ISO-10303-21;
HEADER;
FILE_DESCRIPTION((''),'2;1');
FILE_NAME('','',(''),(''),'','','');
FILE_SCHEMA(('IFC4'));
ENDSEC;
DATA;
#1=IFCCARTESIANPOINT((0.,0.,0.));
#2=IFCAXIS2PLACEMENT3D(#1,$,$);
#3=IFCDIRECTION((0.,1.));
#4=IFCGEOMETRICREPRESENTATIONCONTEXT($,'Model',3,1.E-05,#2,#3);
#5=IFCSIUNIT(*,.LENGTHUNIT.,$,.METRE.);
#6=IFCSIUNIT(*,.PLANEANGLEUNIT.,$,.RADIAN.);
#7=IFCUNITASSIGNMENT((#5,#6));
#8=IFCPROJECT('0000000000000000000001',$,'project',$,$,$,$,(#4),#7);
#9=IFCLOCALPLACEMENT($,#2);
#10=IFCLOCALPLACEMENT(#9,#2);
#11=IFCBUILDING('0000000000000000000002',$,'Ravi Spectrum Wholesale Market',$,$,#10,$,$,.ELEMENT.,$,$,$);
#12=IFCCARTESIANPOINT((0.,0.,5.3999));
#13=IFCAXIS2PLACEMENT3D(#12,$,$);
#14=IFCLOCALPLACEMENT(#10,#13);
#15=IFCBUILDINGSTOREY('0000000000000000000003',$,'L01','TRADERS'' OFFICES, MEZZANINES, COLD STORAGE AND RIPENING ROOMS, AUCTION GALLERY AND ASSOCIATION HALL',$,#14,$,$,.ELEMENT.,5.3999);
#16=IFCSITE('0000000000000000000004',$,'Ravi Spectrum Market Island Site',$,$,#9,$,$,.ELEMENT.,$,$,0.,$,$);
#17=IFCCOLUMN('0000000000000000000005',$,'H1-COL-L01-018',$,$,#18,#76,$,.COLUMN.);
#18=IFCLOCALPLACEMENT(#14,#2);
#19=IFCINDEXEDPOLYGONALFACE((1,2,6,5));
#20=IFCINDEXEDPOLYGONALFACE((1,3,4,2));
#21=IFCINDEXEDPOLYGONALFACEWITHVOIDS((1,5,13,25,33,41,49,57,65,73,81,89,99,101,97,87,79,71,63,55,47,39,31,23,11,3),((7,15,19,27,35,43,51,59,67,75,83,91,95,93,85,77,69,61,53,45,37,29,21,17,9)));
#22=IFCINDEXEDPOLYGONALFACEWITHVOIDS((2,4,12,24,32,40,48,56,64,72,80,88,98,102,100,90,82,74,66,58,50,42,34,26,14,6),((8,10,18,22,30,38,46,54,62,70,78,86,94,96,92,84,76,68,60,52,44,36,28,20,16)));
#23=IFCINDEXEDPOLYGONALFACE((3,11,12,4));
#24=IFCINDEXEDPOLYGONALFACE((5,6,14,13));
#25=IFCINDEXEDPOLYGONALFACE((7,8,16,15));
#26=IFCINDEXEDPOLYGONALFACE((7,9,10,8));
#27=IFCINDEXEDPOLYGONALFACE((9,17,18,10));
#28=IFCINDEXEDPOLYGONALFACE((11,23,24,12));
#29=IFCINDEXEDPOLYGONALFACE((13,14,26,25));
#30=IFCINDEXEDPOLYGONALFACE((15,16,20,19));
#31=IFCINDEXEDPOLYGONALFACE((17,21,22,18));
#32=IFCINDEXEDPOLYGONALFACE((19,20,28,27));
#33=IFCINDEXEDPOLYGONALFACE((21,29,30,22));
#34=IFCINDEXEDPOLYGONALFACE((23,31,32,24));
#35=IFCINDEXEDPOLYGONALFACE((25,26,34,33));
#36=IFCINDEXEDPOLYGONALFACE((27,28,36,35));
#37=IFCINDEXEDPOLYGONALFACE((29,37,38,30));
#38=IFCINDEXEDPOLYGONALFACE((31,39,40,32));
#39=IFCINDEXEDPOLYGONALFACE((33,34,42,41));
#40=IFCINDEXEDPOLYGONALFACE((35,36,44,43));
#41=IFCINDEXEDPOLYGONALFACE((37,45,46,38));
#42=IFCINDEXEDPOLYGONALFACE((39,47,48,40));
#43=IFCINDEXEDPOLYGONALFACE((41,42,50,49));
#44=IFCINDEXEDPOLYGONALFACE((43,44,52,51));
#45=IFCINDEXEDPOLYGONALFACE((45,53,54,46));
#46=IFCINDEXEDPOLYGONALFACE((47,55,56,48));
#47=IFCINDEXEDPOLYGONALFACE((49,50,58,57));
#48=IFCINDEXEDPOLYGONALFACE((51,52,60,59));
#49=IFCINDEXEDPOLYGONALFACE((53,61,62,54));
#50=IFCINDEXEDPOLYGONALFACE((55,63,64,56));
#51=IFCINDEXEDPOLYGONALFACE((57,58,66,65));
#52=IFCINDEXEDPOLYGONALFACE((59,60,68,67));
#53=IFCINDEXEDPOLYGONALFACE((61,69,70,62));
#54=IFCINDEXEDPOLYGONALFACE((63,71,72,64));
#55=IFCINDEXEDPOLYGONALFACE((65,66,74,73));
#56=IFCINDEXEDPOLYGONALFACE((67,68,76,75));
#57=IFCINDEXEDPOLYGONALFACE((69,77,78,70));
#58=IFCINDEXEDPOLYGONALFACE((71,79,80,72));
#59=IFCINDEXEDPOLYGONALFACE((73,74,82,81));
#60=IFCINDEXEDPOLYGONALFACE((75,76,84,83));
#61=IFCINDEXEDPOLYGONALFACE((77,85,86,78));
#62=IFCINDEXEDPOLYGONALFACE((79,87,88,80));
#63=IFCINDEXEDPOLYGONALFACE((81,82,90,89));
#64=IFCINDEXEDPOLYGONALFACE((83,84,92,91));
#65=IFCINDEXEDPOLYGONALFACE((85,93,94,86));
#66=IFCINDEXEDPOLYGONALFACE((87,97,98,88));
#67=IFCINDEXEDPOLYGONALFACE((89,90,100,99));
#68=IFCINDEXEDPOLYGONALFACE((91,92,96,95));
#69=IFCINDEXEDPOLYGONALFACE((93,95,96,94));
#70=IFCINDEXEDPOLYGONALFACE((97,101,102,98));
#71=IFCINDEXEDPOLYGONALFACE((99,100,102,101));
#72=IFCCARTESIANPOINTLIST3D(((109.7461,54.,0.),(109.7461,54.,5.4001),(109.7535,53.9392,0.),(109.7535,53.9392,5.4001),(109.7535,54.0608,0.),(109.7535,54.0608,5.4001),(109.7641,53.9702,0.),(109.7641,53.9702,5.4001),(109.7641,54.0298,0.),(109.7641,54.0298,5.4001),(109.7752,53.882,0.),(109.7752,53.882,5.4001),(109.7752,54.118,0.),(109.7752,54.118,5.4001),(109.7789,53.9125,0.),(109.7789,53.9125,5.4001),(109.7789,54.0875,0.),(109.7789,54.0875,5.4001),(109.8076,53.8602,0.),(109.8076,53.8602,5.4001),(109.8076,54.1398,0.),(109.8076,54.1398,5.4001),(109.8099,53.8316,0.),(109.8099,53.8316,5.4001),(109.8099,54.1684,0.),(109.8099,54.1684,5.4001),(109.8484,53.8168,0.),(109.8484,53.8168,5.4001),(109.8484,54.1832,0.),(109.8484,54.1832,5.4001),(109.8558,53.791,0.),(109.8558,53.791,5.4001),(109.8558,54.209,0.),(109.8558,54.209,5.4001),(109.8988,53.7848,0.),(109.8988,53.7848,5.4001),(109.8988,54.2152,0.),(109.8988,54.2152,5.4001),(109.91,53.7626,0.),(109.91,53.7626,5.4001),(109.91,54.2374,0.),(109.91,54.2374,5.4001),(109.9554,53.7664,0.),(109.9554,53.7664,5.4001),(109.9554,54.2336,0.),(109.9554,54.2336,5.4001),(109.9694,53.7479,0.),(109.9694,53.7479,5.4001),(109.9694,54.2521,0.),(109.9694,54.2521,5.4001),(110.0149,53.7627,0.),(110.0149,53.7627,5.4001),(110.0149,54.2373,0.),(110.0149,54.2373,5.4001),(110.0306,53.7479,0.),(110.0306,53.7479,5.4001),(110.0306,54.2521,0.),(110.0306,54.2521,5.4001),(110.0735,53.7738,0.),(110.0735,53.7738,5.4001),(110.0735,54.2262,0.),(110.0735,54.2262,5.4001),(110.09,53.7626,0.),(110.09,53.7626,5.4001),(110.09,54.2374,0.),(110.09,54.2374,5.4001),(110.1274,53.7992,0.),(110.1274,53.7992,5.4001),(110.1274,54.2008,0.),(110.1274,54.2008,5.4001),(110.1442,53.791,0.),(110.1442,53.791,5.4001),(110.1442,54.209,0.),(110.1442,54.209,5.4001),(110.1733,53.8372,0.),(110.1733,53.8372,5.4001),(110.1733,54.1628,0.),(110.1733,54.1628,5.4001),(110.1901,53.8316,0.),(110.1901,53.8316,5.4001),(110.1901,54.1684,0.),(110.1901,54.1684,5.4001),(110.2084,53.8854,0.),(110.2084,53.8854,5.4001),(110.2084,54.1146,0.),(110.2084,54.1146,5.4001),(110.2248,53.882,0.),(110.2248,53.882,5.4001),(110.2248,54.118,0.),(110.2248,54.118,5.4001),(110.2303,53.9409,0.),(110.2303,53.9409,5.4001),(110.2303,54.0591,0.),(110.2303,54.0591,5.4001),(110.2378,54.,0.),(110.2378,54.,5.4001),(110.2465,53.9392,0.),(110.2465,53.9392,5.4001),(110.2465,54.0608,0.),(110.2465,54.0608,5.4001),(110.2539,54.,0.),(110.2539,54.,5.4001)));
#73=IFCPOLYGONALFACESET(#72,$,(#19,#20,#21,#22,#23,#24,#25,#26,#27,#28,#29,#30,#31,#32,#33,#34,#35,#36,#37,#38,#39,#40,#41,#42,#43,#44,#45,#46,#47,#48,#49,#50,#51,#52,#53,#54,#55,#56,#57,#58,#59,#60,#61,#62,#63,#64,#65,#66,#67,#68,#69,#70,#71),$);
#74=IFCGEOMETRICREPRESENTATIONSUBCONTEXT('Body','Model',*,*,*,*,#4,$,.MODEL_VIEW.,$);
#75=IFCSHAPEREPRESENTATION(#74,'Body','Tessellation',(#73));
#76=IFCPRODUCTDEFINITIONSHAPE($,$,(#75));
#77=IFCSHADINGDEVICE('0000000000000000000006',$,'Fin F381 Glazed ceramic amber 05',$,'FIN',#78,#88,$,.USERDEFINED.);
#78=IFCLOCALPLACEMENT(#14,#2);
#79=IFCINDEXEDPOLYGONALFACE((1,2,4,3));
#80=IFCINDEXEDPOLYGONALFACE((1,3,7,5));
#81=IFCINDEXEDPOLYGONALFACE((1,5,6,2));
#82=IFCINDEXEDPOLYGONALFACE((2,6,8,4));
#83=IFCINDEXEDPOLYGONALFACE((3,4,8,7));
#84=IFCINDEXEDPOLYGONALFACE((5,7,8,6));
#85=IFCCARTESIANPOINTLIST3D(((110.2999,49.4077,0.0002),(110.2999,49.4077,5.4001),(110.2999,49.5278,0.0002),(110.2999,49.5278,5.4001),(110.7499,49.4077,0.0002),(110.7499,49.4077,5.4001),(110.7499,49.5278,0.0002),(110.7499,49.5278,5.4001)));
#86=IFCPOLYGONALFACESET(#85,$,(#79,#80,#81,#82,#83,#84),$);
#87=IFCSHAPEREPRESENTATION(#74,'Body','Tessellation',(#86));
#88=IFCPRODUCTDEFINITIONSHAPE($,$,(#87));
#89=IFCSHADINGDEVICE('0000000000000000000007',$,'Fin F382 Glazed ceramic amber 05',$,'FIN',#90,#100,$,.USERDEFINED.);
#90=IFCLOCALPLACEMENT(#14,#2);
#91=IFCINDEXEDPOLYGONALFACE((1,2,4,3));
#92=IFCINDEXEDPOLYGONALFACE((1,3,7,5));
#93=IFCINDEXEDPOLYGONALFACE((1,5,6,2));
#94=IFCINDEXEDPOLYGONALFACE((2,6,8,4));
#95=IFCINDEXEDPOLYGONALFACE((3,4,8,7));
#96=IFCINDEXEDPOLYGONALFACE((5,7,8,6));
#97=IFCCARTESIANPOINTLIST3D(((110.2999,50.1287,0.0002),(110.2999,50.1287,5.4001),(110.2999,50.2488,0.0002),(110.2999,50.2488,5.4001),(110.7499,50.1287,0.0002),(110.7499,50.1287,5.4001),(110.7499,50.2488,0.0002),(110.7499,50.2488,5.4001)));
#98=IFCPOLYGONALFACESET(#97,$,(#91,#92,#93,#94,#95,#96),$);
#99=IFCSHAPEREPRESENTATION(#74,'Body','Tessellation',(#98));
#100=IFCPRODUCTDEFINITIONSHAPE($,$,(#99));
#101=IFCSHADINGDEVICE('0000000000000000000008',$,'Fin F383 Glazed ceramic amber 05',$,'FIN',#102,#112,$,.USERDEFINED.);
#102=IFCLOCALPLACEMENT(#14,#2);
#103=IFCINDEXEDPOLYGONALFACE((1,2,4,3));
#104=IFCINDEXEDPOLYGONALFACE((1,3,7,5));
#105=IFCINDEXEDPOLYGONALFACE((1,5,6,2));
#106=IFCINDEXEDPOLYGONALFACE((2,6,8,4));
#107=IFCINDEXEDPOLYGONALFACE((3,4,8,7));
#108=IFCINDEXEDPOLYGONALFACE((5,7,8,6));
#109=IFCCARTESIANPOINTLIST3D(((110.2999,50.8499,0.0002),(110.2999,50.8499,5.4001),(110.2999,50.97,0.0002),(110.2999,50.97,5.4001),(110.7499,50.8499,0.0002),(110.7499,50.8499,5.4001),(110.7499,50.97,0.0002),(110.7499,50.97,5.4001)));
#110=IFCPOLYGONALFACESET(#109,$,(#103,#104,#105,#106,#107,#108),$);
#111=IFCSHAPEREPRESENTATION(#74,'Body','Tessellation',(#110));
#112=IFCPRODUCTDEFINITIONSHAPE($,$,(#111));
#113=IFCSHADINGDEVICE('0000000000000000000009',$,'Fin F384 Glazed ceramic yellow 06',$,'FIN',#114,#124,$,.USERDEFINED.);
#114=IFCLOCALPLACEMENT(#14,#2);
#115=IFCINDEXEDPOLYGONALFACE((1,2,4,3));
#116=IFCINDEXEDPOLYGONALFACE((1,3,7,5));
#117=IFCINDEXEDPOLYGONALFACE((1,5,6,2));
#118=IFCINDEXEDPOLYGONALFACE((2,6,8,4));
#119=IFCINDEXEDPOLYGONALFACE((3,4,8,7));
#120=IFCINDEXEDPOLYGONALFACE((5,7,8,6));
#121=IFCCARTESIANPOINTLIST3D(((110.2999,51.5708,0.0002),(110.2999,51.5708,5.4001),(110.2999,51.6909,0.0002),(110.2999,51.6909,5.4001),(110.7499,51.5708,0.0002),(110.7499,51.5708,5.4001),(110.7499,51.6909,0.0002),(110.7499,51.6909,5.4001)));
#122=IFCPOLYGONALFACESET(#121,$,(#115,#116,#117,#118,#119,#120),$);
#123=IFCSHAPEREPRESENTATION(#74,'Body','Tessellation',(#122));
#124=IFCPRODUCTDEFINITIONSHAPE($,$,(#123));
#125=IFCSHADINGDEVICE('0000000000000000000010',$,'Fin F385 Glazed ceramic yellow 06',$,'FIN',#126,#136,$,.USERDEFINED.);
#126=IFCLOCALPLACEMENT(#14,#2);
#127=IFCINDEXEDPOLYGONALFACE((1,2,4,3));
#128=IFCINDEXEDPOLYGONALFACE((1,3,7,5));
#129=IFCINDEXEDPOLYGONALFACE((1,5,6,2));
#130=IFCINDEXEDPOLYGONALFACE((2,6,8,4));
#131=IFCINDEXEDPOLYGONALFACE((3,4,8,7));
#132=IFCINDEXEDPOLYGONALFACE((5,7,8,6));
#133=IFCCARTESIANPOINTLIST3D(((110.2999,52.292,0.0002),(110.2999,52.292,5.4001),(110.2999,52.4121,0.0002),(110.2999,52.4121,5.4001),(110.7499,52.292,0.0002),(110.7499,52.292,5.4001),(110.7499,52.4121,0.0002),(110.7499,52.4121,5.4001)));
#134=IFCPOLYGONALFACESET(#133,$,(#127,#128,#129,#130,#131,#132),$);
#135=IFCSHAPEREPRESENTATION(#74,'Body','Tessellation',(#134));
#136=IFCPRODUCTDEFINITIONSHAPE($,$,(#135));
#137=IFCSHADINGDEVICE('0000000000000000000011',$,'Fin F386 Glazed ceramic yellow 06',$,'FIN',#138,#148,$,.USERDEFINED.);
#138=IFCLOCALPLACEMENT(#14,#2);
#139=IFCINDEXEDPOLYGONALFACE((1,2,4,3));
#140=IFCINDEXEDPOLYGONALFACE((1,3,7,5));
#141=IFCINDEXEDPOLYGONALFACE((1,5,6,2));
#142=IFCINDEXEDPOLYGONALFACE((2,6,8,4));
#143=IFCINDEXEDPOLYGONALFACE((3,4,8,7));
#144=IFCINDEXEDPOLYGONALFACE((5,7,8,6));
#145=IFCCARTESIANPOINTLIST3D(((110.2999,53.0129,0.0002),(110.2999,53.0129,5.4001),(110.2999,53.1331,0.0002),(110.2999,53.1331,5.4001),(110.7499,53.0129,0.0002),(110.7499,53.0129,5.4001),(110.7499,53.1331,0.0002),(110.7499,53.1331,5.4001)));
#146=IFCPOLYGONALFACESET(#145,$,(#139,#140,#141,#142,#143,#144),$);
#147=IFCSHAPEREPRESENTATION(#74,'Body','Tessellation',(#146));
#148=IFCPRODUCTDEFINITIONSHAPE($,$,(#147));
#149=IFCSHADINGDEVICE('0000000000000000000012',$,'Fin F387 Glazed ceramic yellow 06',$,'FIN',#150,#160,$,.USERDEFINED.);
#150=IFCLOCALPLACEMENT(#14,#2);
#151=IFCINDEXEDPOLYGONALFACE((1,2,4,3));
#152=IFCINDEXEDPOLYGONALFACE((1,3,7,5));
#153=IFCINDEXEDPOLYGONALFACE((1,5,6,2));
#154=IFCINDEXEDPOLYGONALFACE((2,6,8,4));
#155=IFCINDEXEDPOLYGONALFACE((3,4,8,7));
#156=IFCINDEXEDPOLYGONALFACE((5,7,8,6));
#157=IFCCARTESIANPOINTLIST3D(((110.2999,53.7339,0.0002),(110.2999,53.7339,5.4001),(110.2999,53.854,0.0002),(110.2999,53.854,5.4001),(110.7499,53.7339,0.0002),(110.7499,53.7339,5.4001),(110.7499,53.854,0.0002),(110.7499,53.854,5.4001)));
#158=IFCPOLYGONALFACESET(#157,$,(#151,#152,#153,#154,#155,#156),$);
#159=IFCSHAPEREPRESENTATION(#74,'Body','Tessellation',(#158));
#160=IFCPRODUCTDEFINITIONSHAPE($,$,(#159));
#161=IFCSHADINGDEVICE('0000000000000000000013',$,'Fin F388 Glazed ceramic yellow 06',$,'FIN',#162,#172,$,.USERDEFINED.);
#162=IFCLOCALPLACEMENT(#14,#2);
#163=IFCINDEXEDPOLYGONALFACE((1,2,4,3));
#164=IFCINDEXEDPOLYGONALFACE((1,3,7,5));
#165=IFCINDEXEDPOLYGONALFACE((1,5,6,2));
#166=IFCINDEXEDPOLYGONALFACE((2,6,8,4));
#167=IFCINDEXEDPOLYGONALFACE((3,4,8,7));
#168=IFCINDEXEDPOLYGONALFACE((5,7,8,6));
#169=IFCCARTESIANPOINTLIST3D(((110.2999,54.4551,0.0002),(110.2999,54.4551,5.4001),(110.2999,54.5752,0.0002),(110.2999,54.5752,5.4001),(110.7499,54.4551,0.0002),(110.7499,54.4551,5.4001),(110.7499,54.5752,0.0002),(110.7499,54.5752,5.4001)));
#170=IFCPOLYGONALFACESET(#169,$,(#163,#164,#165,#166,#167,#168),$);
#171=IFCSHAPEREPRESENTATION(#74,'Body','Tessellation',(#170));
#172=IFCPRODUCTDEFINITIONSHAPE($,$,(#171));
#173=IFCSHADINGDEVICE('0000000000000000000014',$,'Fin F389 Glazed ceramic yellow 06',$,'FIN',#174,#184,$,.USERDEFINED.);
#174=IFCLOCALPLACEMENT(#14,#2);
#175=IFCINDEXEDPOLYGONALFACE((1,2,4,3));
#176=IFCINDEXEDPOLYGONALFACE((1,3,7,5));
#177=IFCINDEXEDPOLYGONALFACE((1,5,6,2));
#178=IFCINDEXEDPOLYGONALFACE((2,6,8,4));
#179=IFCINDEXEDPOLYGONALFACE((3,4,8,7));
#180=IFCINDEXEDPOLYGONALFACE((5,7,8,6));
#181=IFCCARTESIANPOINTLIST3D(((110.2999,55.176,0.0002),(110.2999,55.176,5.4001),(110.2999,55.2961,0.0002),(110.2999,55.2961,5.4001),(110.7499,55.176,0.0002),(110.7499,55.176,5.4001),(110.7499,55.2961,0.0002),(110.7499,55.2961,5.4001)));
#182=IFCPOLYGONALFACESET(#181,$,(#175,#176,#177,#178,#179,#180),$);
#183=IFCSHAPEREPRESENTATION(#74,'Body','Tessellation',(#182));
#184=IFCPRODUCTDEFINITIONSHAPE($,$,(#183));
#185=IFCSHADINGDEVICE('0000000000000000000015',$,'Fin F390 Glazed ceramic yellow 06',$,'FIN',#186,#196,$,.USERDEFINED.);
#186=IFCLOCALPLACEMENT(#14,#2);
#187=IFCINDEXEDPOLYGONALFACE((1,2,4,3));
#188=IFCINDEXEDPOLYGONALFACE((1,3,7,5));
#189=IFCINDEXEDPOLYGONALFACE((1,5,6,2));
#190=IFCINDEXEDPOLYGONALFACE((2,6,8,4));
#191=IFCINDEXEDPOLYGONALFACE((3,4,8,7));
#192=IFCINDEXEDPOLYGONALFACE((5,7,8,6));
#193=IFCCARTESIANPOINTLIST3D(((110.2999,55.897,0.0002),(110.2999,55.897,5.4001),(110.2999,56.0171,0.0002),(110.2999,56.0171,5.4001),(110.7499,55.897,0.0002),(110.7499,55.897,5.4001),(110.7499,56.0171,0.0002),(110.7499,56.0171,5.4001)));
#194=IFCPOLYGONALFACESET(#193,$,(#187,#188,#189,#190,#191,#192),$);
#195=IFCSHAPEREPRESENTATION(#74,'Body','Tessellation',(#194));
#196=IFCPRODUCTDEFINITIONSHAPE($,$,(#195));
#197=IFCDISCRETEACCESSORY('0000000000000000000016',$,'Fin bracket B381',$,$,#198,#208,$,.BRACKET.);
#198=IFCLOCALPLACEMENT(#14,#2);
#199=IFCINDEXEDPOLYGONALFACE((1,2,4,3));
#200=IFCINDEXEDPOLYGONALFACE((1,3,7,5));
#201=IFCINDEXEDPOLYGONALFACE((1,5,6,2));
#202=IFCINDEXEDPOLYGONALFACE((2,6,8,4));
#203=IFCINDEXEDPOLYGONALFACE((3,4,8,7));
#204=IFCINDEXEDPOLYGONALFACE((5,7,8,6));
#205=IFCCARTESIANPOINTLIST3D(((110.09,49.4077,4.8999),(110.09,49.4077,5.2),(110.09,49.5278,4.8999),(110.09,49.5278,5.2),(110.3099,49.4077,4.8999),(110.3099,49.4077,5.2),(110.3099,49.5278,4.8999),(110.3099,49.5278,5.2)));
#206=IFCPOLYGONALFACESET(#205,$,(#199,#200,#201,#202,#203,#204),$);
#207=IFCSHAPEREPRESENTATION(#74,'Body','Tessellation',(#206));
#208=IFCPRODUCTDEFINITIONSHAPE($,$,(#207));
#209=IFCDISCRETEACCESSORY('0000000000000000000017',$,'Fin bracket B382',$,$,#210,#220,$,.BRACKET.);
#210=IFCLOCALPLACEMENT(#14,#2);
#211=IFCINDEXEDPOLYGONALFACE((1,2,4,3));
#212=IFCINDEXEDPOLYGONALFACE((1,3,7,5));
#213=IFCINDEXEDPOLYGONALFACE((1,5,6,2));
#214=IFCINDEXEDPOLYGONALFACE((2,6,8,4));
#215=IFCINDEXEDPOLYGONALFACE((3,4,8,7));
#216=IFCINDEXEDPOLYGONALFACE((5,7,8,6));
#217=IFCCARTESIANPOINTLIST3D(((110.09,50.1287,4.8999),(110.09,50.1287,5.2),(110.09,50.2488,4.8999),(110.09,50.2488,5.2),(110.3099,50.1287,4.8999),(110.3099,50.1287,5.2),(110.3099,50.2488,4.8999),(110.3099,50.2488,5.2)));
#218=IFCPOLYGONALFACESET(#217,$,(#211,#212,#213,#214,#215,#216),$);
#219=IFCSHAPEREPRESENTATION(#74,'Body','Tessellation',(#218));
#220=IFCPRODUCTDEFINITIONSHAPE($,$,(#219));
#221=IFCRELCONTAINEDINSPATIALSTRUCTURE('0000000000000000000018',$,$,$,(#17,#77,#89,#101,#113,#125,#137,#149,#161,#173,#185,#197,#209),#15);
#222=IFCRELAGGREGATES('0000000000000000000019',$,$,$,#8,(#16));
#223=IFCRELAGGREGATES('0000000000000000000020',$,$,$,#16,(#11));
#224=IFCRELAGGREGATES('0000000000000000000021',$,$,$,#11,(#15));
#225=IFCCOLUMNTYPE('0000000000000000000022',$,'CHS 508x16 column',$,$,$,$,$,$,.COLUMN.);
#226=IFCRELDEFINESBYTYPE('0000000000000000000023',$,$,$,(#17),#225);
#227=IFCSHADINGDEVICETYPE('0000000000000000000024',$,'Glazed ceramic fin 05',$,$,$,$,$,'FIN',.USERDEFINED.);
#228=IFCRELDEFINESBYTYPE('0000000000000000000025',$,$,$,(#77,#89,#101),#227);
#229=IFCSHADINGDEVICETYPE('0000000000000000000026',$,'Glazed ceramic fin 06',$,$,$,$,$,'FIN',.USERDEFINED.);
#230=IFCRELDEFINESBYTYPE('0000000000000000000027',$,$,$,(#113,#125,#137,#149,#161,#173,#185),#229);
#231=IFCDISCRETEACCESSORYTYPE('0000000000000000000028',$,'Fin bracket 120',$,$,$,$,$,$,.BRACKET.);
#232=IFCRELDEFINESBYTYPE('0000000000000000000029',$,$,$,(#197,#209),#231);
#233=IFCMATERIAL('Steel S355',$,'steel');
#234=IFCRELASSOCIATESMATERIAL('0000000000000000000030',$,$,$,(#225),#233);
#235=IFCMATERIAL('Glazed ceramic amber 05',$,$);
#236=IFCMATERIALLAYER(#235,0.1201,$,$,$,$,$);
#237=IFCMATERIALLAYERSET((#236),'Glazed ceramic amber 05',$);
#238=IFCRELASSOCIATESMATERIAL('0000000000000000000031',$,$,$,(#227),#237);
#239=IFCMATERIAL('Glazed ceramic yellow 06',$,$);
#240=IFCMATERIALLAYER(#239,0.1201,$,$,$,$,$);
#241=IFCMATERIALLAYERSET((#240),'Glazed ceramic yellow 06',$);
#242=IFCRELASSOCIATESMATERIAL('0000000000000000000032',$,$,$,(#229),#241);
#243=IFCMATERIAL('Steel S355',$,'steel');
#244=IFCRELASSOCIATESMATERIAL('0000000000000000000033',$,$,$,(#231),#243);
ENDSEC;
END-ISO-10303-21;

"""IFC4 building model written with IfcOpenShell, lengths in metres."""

from ifc_helpers import new_model, si_unit, direction, frame, origin, origin_2d, place, context, subcontext, project, spatial, rectangle, hollow_circle, extrude, material, layer, layer_set, material_profile, profile_set, type_object, element, save


model = new_model("IFC4")

# Units and contexts
model_context = context("Model", 3, precision=1e-05, world=origin(), true_north=direction((0.0, 1.0)))
body_context = subcontext(model_context, "Body", "Model", "MODEL_VIEW")
ifc_project = project(units=[si_unit("LENGTHUNIT", "METRE"), si_unit("PLANEANGLEUNIT", "RADIAN")], contexts=[model_context])

# Site, building, storey
site_placement = place(None, origin())
site = spatial("IfcSite", under=ifc_project, at=site_placement, Name="Ravi Spectrum Market Island Site", CompositionType="ELEMENT", RefElevation=0.0)
building_placement = place(site_placement, origin())
building = spatial("IfcBuilding", under=site, at=building_placement, Name="Ravi Spectrum Wholesale Market", CompositionType="ELEMENT")
storey_placement = place(building_placement, frame((0.0, 0.0, 5.3999)))
storey = spatial("IfcBuildingStorey", under=building, at=storey_placement, Name="L01", Description="TRADERS' OFFICES, MEZZANINES, COLD STORAGE AND RIPENING ROOMS, AUCTION GALLERY AND ASSOCIATION HALL", CompositionType="ELEMENT", Elevation=5.3999)

# Column
ifc_material_1 = material(Name="Steel S355", Category="steel")
ifc_material_profile = material_profile(ifc_material_1, hollow_circle(Radius=0.2539, WallThickness=0.0161, at=origin_2d()))
ifc_profile_set = profile_set([ifc_material_profile], Name="Steel S355")
column_type = type_object("IfcColumnType", Name="CHS 508x16 column", PredefinedType="COLUMN", material=ifc_profile_set)
column_placement = place(storey_placement, frame((110.0, 54.0, 0.0), z_axis=(0.0, 0.0, 1.0), x_axis=(1.0, 0.0, 0.0)))
element("IfcColumn", 1, at=column_placement, inside=storey, type_object=column_type, Name="H1-COL-L01-018", PredefinedType="COLUMN", context=body_context, shape_type="SweptSolid", body=[
    extrude(hollow_circle(Radius=0.2539, WallThickness=0.0161, at=origin_2d()), origin(), (0.0, 0.0, 1.0), 5.4001),
])

# Shading devices
ifc_material_2 = material(Name="Glazed ceramic amber 05")
ifc_layer_1 = layer(ifc_material_2, 0.1201)
ifc_layer_set_1 = layer_set([ifc_layer_1], Name="Glazed ceramic amber 05")
shading_device_type_1 = type_object("IfcShadingDeviceType", Name="Glazed ceramic fin 05", ElementType="FIN", PredefinedType="USERDEFINED", material=ifc_layer_set_1)
for number, where, z_axis, x_axis, name in (
    (2, (110.5249, 49.4678, 0.0002), (0.0, 0.0, 1.0), (0.0, 1.0, 0.0), "Fin F381 Glazed ceramic amber 05"),
    (3, (110.5249, 50.1887, 0.0002), (0.0, 0.0, 1.0), (0.0, 1.0, 0.0), "Fin F382 Glazed ceramic amber 05"),
    (4, (110.5249, 50.9099, 0.0002), (0.0, 0.0, 1.0), (0.0, 1.0, 0.0), "Fin F383 Glazed ceramic amber 05"),
):
    element("IfcShadingDevice", number, at=place(storey_placement, frame(where, z_axis=z_axis, x_axis=x_axis)), inside=storey, type_object=shading_device_type_1, Name=name, ObjectType="FIN", PredefinedType="USERDEFINED", context=body_context, shape_type="SweptSolid", body=[
        extrude(rectangle(XDim=0.1201, YDim=0.45, at=origin_2d()), origin(), (0.0, 0.0, 1.0), 5.3999),
    ])
ifc_material_3 = material(Name="Glazed ceramic yellow 06")
ifc_layer_2 = layer(ifc_material_3, 0.1201)
ifc_layer_set_2 = layer_set([ifc_layer_2], Name="Glazed ceramic yellow 06")
shading_device_type_2 = type_object("IfcShadingDeviceType", Name="Glazed ceramic fin 06", ElementType="FIN", PredefinedType="USERDEFINED", material=ifc_layer_set_2)
for number, where, z_axis, x_axis, name in (
    (5, (110.5249, 51.6309, 0.0002), (0.0, 0.0, 1.0), (0.0, 1.0, 0.0), "Fin F384 Glazed ceramic yellow 06"),
    (6, (110.5249, 52.3521, 0.0002), (0.0, 0.0, 1.0), (0.0, 1.0, 0.0), "Fin F385 Glazed ceramic yellow 06"),
    (7, (110.5249, 53.073, 0.0002), (0.0, 0.0, 1.0), (0.0, 1.0, 0.0), "Fin F386 Glazed ceramic yellow 06"),
    (8, (110.5249, 53.7939, 0.0002), (0.0, 0.0, 1.0), (0.0, 1.0, 0.0), "Fin F387 Glazed ceramic yellow 06"),
    (9, (110.5249, 54.5151, 0.0002), (0.0, 0.0, 1.0), (0.0, 1.0, 0.0), "Fin F388 Glazed ceramic yellow 06"),
    (10, (110.5249, 55.2361, 0.0002), (0.0, 0.0, 1.0), (0.0, 1.0, 0.0), "Fin F389 Glazed ceramic yellow 06"),
    (11, (110.5249, 55.957, 0.0002), (0.0, 0.0, 1.0), (0.0, 1.0, 0.0), "Fin F390 Glazed ceramic yellow 06"),
):
    element("IfcShadingDevice", number, at=place(storey_placement, frame(where, z_axis=z_axis, x_axis=x_axis)), inside=storey, type_object=shading_device_type_2, Name=name, ObjectType="FIN", PredefinedType="USERDEFINED", context=body_context, shape_type="SweptSolid", body=[
        extrude(rectangle(XDim=0.1201, YDim=0.45, at=origin_2d()), origin(), (0.0, 0.0, 1.0), 5.3999),
    ])

# Discrete accessories
ifc_material_4 = material(Name="Steel S355", Category="steel")
discrete_accessory_type = type_object("IfcDiscreteAccessoryType", Name="Fin bracket 120", PredefinedType="BRACKET", material=ifc_material_4)
for number, where, z_axis, x_axis, name in (
    (12, (110.2, 49.4678, 4.8999), (0.0, 0.0, 1.0), (0.0, 1.0, 0.0), "Fin bracket B381"),
    (13, (110.2, 50.1887, 4.8999), (0.0, 0.0, 1.0), (0.0, 1.0, 0.0), "Fin bracket B382"),
):
    element("IfcDiscreteAccessory", number, at=place(storey_placement, frame(where, z_axis=z_axis, x_axis=x_axis)), inside=storey, type_object=discrete_accessory_type, Name=name, PredefinedType="BRACKET", context=body_context, shape_type="SweptSolid", body=[
        extrude(rectangle(XDim=0.1201, YDim=0.22, at=origin_2d()), origin(), (0.0, 0.0, 1.0), 0.3),
    ])

save(model, "model.ifc")
